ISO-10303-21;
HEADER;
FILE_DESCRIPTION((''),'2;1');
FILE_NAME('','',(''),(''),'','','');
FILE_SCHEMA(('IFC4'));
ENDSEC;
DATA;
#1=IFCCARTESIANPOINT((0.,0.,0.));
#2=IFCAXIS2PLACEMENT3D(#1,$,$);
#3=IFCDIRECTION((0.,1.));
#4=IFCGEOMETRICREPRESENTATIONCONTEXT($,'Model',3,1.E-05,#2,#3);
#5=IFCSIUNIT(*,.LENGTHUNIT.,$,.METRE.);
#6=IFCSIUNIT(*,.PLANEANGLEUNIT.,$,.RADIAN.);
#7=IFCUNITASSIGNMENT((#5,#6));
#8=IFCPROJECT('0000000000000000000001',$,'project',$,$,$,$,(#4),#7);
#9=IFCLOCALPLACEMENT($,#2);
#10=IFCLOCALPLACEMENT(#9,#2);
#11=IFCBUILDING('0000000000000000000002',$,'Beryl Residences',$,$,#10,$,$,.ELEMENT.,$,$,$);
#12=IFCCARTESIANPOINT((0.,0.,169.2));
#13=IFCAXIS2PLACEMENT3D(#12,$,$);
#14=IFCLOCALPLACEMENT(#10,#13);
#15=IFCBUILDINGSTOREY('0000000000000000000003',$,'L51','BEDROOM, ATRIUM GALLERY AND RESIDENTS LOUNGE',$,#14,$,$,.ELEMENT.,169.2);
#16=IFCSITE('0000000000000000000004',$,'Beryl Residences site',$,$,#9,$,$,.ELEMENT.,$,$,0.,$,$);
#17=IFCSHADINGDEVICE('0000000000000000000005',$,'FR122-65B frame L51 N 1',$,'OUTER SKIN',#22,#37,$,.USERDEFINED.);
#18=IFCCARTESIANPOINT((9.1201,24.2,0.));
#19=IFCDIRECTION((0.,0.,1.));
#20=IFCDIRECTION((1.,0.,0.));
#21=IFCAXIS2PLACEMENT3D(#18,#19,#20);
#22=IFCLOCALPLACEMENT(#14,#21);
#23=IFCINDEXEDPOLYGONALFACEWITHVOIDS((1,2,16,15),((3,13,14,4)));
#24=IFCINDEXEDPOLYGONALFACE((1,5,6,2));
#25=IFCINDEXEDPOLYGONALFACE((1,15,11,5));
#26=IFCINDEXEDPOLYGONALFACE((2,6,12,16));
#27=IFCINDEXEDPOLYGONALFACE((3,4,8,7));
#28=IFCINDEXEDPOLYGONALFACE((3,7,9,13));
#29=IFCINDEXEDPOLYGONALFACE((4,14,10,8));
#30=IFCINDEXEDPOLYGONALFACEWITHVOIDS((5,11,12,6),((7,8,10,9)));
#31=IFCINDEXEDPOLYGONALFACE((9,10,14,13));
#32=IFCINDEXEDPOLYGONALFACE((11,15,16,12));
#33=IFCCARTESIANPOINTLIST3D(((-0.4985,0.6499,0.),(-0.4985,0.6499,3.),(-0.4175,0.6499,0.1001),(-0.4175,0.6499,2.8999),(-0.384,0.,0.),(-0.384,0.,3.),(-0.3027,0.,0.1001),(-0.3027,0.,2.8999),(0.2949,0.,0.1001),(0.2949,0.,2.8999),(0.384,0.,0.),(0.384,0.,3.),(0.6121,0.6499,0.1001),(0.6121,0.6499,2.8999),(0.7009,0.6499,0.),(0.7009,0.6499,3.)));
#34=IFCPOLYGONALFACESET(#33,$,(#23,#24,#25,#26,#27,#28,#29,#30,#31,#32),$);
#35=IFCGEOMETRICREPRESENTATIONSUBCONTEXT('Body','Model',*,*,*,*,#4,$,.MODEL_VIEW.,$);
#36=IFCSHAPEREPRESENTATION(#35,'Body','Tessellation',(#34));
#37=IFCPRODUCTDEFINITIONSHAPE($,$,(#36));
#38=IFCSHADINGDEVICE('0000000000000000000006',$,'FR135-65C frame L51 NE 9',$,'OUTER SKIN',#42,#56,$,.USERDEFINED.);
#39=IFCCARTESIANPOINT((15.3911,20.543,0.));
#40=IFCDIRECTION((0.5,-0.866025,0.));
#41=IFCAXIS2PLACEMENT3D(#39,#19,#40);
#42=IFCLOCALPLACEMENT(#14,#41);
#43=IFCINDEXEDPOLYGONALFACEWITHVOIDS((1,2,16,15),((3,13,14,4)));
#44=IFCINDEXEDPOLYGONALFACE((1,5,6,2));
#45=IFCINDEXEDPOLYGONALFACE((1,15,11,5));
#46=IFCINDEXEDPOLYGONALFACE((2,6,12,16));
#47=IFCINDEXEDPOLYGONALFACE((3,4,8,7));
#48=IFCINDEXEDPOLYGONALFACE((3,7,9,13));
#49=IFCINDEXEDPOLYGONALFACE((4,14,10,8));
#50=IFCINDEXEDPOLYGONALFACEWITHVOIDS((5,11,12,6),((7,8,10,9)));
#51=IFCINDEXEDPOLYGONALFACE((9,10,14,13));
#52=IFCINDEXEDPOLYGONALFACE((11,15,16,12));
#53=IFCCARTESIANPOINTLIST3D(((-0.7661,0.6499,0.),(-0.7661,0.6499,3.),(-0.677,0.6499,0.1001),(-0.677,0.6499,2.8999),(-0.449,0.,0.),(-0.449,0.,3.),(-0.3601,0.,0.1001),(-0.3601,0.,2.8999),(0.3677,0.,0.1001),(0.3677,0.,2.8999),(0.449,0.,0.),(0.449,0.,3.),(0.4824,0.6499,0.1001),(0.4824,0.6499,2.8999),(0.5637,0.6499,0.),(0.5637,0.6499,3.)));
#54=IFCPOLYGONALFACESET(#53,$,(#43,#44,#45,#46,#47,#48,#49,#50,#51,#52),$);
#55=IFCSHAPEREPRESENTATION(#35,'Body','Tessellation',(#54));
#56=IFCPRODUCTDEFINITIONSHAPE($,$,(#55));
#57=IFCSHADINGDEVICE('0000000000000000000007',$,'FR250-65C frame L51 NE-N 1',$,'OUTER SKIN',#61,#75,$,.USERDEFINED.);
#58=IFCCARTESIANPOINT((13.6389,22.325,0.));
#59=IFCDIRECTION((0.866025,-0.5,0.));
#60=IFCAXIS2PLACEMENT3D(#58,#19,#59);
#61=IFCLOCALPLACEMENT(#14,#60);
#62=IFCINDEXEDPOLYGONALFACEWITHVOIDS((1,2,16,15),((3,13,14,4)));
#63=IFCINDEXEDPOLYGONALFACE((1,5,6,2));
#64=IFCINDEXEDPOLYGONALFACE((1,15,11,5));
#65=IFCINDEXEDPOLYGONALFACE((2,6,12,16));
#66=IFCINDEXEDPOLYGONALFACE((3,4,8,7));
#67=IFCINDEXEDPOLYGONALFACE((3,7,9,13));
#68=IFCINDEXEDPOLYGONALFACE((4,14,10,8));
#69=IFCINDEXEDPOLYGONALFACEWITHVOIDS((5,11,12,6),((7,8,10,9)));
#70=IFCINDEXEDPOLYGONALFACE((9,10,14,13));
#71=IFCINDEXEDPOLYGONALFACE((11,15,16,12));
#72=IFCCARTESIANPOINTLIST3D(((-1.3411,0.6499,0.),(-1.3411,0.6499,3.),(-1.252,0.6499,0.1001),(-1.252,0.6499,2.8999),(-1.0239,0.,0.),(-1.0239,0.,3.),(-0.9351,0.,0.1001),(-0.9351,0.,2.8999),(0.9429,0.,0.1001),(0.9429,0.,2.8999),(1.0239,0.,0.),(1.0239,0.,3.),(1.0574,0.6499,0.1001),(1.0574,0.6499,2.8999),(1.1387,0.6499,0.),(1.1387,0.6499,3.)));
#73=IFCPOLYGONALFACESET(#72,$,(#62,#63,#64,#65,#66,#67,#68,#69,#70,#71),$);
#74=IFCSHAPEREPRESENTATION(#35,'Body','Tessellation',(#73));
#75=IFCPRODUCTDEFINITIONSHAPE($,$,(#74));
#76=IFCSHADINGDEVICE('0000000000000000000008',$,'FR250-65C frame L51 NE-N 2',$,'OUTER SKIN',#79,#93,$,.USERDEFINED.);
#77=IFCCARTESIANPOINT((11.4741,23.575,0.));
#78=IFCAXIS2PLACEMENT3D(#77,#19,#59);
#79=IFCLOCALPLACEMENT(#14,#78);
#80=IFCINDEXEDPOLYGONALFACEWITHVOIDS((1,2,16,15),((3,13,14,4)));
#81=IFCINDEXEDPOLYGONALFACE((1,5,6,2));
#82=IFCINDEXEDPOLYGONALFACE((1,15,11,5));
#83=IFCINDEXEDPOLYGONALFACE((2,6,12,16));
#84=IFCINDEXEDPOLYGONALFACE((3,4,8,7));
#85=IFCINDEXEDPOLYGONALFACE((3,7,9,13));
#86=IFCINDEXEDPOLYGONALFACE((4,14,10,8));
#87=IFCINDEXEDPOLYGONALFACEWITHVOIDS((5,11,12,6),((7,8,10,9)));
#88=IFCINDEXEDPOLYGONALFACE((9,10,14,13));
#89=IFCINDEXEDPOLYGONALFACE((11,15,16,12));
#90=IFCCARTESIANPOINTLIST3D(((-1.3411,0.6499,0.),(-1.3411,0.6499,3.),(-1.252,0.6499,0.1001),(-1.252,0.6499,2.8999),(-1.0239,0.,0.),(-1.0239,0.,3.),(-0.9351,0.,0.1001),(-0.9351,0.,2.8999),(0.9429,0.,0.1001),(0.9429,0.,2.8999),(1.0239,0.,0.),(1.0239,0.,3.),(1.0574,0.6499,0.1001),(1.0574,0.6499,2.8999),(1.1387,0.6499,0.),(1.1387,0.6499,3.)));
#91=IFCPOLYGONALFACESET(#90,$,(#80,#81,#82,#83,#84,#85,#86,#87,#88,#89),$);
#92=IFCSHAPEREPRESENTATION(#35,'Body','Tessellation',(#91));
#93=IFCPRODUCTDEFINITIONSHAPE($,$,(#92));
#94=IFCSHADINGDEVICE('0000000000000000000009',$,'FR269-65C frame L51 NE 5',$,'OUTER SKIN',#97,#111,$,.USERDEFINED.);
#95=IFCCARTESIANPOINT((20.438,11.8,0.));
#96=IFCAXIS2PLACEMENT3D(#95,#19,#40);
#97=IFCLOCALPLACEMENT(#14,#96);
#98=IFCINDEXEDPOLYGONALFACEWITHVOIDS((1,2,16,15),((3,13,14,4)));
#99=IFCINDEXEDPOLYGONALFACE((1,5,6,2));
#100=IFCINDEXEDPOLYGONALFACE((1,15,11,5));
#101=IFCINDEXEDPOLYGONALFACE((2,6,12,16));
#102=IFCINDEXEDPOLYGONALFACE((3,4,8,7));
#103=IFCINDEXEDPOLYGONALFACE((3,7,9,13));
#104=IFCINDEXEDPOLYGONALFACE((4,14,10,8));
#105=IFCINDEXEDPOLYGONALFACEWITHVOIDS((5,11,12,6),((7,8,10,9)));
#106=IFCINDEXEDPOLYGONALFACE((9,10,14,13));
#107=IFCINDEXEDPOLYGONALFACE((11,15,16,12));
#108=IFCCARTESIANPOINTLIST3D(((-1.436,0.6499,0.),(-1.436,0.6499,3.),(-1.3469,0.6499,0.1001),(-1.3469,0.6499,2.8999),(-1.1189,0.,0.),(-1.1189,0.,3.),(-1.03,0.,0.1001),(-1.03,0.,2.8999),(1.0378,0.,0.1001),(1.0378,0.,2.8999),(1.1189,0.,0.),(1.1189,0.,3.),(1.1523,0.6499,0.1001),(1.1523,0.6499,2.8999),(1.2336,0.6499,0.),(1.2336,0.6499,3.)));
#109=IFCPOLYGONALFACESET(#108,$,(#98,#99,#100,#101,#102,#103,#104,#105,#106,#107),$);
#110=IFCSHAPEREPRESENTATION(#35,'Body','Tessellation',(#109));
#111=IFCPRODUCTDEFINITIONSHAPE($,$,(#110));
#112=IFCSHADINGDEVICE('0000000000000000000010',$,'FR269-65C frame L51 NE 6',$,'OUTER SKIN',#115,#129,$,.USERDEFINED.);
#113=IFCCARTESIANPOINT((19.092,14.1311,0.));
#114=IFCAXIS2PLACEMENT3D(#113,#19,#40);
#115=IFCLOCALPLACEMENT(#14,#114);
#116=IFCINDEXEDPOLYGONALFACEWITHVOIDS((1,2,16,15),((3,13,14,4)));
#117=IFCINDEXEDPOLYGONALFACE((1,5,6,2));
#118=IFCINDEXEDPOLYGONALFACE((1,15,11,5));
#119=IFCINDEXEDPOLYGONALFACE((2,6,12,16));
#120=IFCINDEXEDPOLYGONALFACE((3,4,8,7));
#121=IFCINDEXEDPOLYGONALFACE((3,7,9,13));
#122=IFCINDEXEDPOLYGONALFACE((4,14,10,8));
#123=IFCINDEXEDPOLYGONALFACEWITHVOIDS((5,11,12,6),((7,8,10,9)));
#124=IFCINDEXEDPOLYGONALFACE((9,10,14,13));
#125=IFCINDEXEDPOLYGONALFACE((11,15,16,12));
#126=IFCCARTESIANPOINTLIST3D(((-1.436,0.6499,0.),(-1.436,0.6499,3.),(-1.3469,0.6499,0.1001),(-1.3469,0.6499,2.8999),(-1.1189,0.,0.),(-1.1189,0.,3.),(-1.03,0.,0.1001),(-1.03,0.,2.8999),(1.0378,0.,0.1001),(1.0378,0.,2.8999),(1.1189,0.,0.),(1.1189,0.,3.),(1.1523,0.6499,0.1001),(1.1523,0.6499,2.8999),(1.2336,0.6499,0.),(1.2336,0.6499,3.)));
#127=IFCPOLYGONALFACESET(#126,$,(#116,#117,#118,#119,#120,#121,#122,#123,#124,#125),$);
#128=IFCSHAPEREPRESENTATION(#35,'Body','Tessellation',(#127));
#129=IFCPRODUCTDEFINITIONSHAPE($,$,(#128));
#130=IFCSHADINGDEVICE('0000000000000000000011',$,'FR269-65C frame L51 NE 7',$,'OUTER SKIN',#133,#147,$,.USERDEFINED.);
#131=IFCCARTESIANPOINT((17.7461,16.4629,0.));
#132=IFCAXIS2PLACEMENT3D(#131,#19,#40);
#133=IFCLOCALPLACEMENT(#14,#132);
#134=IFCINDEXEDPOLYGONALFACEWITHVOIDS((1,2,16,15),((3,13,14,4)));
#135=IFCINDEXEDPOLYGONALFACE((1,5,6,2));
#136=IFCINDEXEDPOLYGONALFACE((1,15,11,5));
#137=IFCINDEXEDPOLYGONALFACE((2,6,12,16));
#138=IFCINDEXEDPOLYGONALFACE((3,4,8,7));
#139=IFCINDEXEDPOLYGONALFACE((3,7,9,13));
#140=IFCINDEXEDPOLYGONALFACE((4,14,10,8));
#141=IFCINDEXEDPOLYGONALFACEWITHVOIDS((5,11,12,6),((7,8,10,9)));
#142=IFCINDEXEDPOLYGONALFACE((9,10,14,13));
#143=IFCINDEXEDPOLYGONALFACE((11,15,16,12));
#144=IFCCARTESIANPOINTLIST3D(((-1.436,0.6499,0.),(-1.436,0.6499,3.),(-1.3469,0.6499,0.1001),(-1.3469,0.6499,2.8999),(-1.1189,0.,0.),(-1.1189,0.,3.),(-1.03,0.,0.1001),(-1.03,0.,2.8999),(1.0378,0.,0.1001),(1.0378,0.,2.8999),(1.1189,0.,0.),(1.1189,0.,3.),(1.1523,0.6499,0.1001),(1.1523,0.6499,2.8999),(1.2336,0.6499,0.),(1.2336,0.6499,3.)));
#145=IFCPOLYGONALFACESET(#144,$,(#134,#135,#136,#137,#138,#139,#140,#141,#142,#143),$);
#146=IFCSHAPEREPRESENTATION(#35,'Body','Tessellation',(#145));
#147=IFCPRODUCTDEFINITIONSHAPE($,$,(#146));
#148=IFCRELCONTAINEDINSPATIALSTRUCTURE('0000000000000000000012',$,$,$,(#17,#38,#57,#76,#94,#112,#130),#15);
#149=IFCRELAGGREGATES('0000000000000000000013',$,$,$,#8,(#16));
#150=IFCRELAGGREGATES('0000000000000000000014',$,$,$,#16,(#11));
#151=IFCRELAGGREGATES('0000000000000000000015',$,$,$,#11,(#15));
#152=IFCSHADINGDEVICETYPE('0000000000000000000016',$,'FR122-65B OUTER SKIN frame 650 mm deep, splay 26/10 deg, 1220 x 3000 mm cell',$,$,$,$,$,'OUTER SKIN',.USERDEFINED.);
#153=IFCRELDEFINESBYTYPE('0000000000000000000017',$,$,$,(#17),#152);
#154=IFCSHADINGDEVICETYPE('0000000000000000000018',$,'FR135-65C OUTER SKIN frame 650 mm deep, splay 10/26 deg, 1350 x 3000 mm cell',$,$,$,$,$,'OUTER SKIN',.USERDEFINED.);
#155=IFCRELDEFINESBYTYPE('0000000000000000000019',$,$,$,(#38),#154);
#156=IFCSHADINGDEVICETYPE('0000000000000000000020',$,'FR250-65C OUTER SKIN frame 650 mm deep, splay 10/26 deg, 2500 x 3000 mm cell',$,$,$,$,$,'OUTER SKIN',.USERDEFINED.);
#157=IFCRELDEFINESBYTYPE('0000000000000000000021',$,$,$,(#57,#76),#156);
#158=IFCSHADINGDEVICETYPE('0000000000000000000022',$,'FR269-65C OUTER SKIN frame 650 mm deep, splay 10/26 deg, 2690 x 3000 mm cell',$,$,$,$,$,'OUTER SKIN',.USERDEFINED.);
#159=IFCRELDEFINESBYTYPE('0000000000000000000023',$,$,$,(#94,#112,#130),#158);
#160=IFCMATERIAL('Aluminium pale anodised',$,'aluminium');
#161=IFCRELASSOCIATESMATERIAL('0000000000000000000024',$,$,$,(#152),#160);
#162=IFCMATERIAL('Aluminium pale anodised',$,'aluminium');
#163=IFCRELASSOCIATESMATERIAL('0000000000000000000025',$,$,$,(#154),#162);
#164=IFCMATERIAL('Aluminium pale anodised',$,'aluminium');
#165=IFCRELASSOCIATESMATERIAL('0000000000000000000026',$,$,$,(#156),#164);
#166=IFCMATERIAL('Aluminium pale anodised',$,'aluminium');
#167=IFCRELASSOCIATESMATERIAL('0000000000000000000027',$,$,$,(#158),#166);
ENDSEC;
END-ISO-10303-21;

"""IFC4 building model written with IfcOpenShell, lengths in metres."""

from ifc_helpers import new_model, entity, si_unit, direction, frame, origin, place, context, subcontext, project, spatial, source, transform, mapped, material, type_object, type_shapes, element, save


model = new_model("IFC4")

# Units and contexts
model_context = context("Model", 3, precision=1e-05, world=origin(), true_north=direction((0.0, 1.0)))
body_context = subcontext(model_context, "Body", "Model", "MODEL_VIEW")
ifc_project = project(units=[si_unit("LENGTHUNIT", "METRE"), si_unit("PLANEANGLEUNIT", "RADIAN")], contexts=[model_context])

# Site, building, storey
site_placement = place(None, origin())
site = spatial("IfcSite", under=ifc_project, at=site_placement, Name="Beryl Residences site", CompositionType="ELEMENT", RefElevation=0.0)
building_placement = place(site_placement, origin())
building = spatial("IfcBuilding", under=site, at=building_placement, Name="Beryl Residences", CompositionType="ELEMENT")
storey_placement = place(building_placement, frame((0.0, 0.0, 169.2)))
storey = spatial("IfcBuildingStorey", under=building, at=storey_placement, Name="L51", Description="BEDROOM, ATRIUM GALLERY AND RESIDENTS LOUNGE", CompositionType="ELEMENT", Elevation=169.2)

# Shading devices
ifc_material_1 = material(Name="Aluminium pale anodised", Category="aluminium")
shading_device_type_1 = type_object("IfcShadingDeviceType", Name="FR122-65B OUTER SKIN frame 650 mm deep, splay 26/10 deg, 1220 x 3000 mm cell", ElementType="OUTER SKIN", PredefinedType="USERDEFINED", material=ifc_material_1)
cartesian_point_1 = entity("IfcCartesianPoint", [-0.384, 0.0])
cartesian_point_2 = entity("IfcCartesianPoint", [-0.2949, 0.1001])
cartesian_point_3 = entity("IfcCartesianPoint", [-0.7009, 0.0])
cartesian_point_4 = entity("IfcCartesianPoint", [-0.6121, 0.1001])
shared_shape_1 = source(origin(), body_context, "Body", "SweptSolid", [
    entity("IfcExtrudedAreaSolidTapered", entity("IfcArbitraryProfileDefWithVoids", "AREA", None, entity("IfcPolyline", [cartesian_point_1, entity("IfcCartesianPoint", [0.384, 0.0]), entity("IfcCartesianPoint", [0.384, 3.0]), entity("IfcCartesianPoint", [-0.384, 3.0]), cartesian_point_1]), [entity("IfcPolyline", [cartesian_point_2, entity("IfcCartesianPoint", [0.3027, 0.1001]), entity("IfcCartesianPoint", [0.3027, 2.8999]), entity("IfcCartesianPoint", [-0.2949, 2.8999]), cartesian_point_2])]), entity("IfcAxis2Placement3D", entity("IfcCartesianPoint", [0.0, 0.0, 0.0]), entity("IfcDirection", [0.0, 1.0, 0.0]), entity("IfcDirection", [-1.0, 0.0, 0.0])), entity("IfcDirection", [0.0, 0.0, 1.0]), 0.6499, entity("IfcArbitraryProfileDefWithVoids", "AREA", None, entity("IfcPolyline", [cartesian_point_3, entity("IfcCartesianPoint", [0.4985, 0.0]), entity("IfcCartesianPoint", [0.4985, 3.0]), entity("IfcCartesianPoint", [-0.7009, 3.0]), cartesian_point_3]), [entity("IfcPolyline", [cartesian_point_4, entity("IfcCartesianPoint", [0.4175, 0.1001]), entity("IfcCartesianPoint", [0.4175, 2.8999]), entity("IfcCartesianPoint", [-0.6121, 2.8999]), cartesian_point_4])])),
])
type_shapes(shading_device_type_1, [shared_shape_1])
shading_device_1_placement = place(storey_placement, frame((9.1201, 24.2, 0.0), z_axis=(0.0, 0.0, 1.0), x_axis=(1.0, 0.0, 0.0)))
element("IfcShadingDevice", 1, at=shading_device_1_placement, inside=storey, type_object=shading_device_type_1, Name="FR122-65B frame L51 N 1", ObjectType="OUTER SKIN", PredefinedType="USERDEFINED", context=body_context, shape_type="MappedRepresentation", body=[
    mapped(shared_shape_1, transform((0.0, 0.0, 0.0))),
])
ifc_material_2 = material(Name="Aluminium pale anodised", Category="aluminium")
shading_device_type_2 = type_object("IfcShadingDeviceType", Name="FR135-65C OUTER SKIN frame 650 mm deep, splay 10/26 deg, 1350 x 3000 mm cell", ElementType="OUTER SKIN", PredefinedType="USERDEFINED", material=ifc_material_2)
cartesian_point_5 = entity("IfcCartesianPoint", [-0.449, 0.0])
cartesian_point_6 = entity("IfcCartesianPoint", [-0.3677, 0.1001])
cartesian_point_7 = entity("IfcCartesianPoint", [-0.5637, 0.0])
cartesian_point_8 = entity("IfcCartesianPoint", [-0.4824, 0.1001])
shared_shape_2 = source(origin(), body_context, "Body", "SweptSolid", [
    entity("IfcExtrudedAreaSolidTapered", entity("IfcArbitraryProfileDefWithVoids", "AREA", None, entity("IfcPolyline", [cartesian_point_5, entity("IfcCartesianPoint", [0.449, 0.0]), entity("IfcCartesianPoint", [0.449, 3.0]), entity("IfcCartesianPoint", [-0.449, 3.0]), cartesian_point_5]), [entity("IfcPolyline", [cartesian_point_6, entity("IfcCartesianPoint", [0.3601, 0.1001]), entity("IfcCartesianPoint", [0.3601, 2.8999]), entity("IfcCartesianPoint", [-0.3677, 2.8999]), cartesian_point_6])]), entity("IfcAxis2Placement3D", entity("IfcCartesianPoint", [0.0, 0.0, 0.0]), entity("IfcDirection", [0.0, 1.0, 0.0]), entity("IfcDirection", [-1.0, 0.0, 0.0])), entity("IfcDirection", [0.0, 0.0, 1.0]), 0.6499, entity("IfcArbitraryProfileDefWithVoids", "AREA", None, entity("IfcPolyline", [cartesian_point_7, entity("IfcCartesianPoint", [0.7661, 0.0]), entity("IfcCartesianPoint", [0.7661, 3.0]), entity("IfcCartesianPoint", [-0.5637, 3.0]), cartesian_point_7]), [entity("IfcPolyline", [cartesian_point_8, entity("IfcCartesianPoint", [0.677, 0.1001]), entity("IfcCartesianPoint", [0.677, 2.8999]), entity("IfcCartesianPoint", [-0.4824, 2.8999]), cartesian_point_8])])),
])
type_shapes(shading_device_type_2, [shared_shape_2])
shading_device_2_placement = place(storey_placement, frame((15.3911, 20.543, 0.0), z_axis=(0.0, 0.0, 1.0), x_axis=(0.5, -0.866025, 0.0)))
element("IfcShadingDevice", 2, at=shading_device_2_placement, inside=storey, type_object=shading_device_type_2, Name="FR135-65C frame L51 NE 9", ObjectType="OUTER SKIN", PredefinedType="USERDEFINED", context=body_context, shape_type="MappedRepresentation", body=[
    mapped(shared_shape_2, transform((0.0, 0.0, 0.0))),
])
ifc_material_3 = material(Name="Aluminium pale anodised", Category="aluminium")
shading_device_type_3 = type_object("IfcShadingDeviceType", Name="FR250-65C OUTER SKIN frame 650 mm deep, splay 10/26 deg, 2500 x 3000 mm cell", ElementType="OUTER SKIN", PredefinedType="USERDEFINED", material=ifc_material_3)
cartesian_point_9 = entity("IfcCartesianPoint", [-1.0239, 0.0])
cartesian_point_10 = entity("IfcCartesianPoint", [-0.9429, 0.1001])
cartesian_point_11 = entity("IfcCartesianPoint", [-1.1387, 0.0])
cartesian_point_12 = entity("IfcCartesianPoint", [-1.0574, 0.1001])
shared_shape_3 = source(origin(), body_context, "Body", "SweptSolid", [
    entity("IfcExtrudedAreaSolidTapered", entity("IfcArbitraryProfileDefWithVoids", "AREA", None, entity("IfcPolyline", [cartesian_point_9, entity("IfcCartesianPoint", [1.0239, 0.0]), entity("IfcCartesianPoint", [1.0239, 3.0]), entity("IfcCartesianPoint", [-1.0239, 3.0]), cartesian_point_9]), [entity("IfcPolyline", [cartesian_point_10, entity("IfcCartesianPoint", [0.9351, 0.1001]), entity("IfcCartesianPoint", [0.9351, 2.8999]), entity("IfcCartesianPoint", [-0.9429, 2.8999]), cartesian_point_10])]), entity("IfcAxis2Placement3D", entity("IfcCartesianPoint", [0.0, 0.0, 0.0]), entity("IfcDirection", [0.0, 1.0, 0.0]), entity("IfcDirection", [-1.0, 0.0, 0.0])), entity("IfcDirection", [0.0, 0.0, 1.0]), 0.6499, entity("IfcArbitraryProfileDefWithVoids", "AREA", None, entity("IfcPolyline", [cartesian_point_11, entity("IfcCartesianPoint", [1.3411, 0.0]), entity("IfcCartesianPoint", [1.3411, 3.0]), entity("IfcCartesianPoint", [-1.1387, 3.0]), cartesian_point_11]), [entity("IfcPolyline", [cartesian_point_12, entity("IfcCartesianPoint", [1.252, 0.1001]), entity("IfcCartesianPoint", [1.252, 2.8999]), entity("IfcCartesianPoint", [-1.0574, 2.8999]), cartesian_point_12])])),
])
type_shapes(shading_device_type_3, [shared_shape_3])
for number, where, z_axis, x_axis, name in (
    (3, (13.6389, 22.325, 0.0), (0.0, 0.0, 1.0), (0.866025, -0.5, 0.0), "FR250-65C frame L51 NE-N 1"),
    (4, (11.4741, 23.575, 0.0), (0.0, 0.0, 1.0), (0.866025, -0.5, 0.0), "FR250-65C frame L51 NE-N 2"),
):
    element("IfcShadingDevice", number, at=place(storey_placement, frame(where, z_axis=z_axis, x_axis=x_axis)), inside=storey, type_object=shading_device_type_3, Name=name, ObjectType="OUTER SKIN", PredefinedType="USERDEFINED", context=body_context, shape_type="MappedRepresentation", body=[
        mapped(shared_shape_3, transform((0.0, 0.0, 0.0))),
    ])
ifc_material_4 = material(Name="Aluminium pale anodised", Category="aluminium")
shading_device_type_4 = type_object("IfcShadingDeviceType", Name="FR269-65C OUTER SKIN frame 650 mm deep, splay 10/26 deg, 2690 x 3000 mm cell", ElementType="OUTER SKIN", PredefinedType="USERDEFINED", material=ifc_material_4)
cartesian_point_13 = entity("IfcCartesianPoint", [-1.1189, 0.0])
cartesian_point_14 = entity("IfcCartesianPoint", [-1.0378, 0.1001])
cartesian_point_15 = entity("IfcCartesianPoint", [-1.2336, 0.0])
cartesian_point_16 = entity("IfcCartesianPoint", [-1.1523, 0.1001])
shared_shape_4 = source(origin(), body_context, "Body", "SweptSolid", [
    entity("IfcExtrudedAreaSolidTapered", entity("IfcArbitraryProfileDefWithVoids", "AREA", None, entity("IfcPolyline", [cartesian_point_13, entity("IfcCartesianPoint", [1.1189, 0.0]), entity("IfcCartesianPoint", [1.1189, 3.0]), entity("IfcCartesianPoint", [-1.1189, 3.0]), cartesian_point_13]), [entity("IfcPolyline", [cartesian_point_14, entity("IfcCartesianPoint", [1.03, 0.1001]), entity("IfcCartesianPoint", [1.03, 2.8999]), entity("IfcCartesianPoint", [-1.0378, 2.8999]), cartesian_point_14])]), entity("IfcAxis2Placement3D", entity("IfcCartesianPoint", [0.0, 0.0, 0.0]), entity("IfcDirection", [0.0, 1.0, 0.0]), entity("IfcDirection", [-1.0, 0.0, 0.0])), entity("IfcDirection", [0.0, 0.0, 1.0]), 0.6499, entity("IfcArbitraryProfileDefWithVoids", "AREA", None, entity("IfcPolyline", [cartesian_point_15, entity("IfcCartesianPoint", [1.436, 0.0]), entity("IfcCartesianPoint", [1.436, 3.0]), entity("IfcCartesianPoint", [-1.2336, 3.0]), cartesian_point_15]), [entity("IfcPolyline", [cartesian_point_16, entity("IfcCartesianPoint", [1.3469, 0.1001]), entity("IfcCartesianPoint", [1.3469, 2.8999]), entity("IfcCartesianPoint", [-1.1523, 2.8999]), cartesian_point_16])])),
])
type_shapes(shading_device_type_4, [shared_shape_4])
for number, where, z_axis, x_axis, name in (
    (5, (20.438, 11.8, 0.0), (0.0, 0.0, 1.0), (0.5, -0.866025, 0.0), "FR269-65C frame L51 NE 5"),
    (6, (19.092, 14.1311, 0.0), (0.0, 0.0, 1.0), (0.5, -0.866025, 0.0), "FR269-65C frame L51 NE 6"),
    (7, (17.7461, 16.4629, 0.0), (0.0, 0.0, 1.0), (0.5, -0.866025, 0.0), "FR269-65C frame L51 NE 7"),
):
    element("IfcShadingDevice", number, at=place(storey_placement, frame(where, z_axis=z_axis, x_axis=x_axis)), inside=storey, type_object=shading_device_type_4, Name=name, ObjectType="OUTER SKIN", PredefinedType="USERDEFINED", context=body_context, shape_type="MappedRepresentation", body=[
        mapped(shared_shape_4, transform((0.0, 0.0, 0.0))),
    ])

save(model, "model.ifc")
